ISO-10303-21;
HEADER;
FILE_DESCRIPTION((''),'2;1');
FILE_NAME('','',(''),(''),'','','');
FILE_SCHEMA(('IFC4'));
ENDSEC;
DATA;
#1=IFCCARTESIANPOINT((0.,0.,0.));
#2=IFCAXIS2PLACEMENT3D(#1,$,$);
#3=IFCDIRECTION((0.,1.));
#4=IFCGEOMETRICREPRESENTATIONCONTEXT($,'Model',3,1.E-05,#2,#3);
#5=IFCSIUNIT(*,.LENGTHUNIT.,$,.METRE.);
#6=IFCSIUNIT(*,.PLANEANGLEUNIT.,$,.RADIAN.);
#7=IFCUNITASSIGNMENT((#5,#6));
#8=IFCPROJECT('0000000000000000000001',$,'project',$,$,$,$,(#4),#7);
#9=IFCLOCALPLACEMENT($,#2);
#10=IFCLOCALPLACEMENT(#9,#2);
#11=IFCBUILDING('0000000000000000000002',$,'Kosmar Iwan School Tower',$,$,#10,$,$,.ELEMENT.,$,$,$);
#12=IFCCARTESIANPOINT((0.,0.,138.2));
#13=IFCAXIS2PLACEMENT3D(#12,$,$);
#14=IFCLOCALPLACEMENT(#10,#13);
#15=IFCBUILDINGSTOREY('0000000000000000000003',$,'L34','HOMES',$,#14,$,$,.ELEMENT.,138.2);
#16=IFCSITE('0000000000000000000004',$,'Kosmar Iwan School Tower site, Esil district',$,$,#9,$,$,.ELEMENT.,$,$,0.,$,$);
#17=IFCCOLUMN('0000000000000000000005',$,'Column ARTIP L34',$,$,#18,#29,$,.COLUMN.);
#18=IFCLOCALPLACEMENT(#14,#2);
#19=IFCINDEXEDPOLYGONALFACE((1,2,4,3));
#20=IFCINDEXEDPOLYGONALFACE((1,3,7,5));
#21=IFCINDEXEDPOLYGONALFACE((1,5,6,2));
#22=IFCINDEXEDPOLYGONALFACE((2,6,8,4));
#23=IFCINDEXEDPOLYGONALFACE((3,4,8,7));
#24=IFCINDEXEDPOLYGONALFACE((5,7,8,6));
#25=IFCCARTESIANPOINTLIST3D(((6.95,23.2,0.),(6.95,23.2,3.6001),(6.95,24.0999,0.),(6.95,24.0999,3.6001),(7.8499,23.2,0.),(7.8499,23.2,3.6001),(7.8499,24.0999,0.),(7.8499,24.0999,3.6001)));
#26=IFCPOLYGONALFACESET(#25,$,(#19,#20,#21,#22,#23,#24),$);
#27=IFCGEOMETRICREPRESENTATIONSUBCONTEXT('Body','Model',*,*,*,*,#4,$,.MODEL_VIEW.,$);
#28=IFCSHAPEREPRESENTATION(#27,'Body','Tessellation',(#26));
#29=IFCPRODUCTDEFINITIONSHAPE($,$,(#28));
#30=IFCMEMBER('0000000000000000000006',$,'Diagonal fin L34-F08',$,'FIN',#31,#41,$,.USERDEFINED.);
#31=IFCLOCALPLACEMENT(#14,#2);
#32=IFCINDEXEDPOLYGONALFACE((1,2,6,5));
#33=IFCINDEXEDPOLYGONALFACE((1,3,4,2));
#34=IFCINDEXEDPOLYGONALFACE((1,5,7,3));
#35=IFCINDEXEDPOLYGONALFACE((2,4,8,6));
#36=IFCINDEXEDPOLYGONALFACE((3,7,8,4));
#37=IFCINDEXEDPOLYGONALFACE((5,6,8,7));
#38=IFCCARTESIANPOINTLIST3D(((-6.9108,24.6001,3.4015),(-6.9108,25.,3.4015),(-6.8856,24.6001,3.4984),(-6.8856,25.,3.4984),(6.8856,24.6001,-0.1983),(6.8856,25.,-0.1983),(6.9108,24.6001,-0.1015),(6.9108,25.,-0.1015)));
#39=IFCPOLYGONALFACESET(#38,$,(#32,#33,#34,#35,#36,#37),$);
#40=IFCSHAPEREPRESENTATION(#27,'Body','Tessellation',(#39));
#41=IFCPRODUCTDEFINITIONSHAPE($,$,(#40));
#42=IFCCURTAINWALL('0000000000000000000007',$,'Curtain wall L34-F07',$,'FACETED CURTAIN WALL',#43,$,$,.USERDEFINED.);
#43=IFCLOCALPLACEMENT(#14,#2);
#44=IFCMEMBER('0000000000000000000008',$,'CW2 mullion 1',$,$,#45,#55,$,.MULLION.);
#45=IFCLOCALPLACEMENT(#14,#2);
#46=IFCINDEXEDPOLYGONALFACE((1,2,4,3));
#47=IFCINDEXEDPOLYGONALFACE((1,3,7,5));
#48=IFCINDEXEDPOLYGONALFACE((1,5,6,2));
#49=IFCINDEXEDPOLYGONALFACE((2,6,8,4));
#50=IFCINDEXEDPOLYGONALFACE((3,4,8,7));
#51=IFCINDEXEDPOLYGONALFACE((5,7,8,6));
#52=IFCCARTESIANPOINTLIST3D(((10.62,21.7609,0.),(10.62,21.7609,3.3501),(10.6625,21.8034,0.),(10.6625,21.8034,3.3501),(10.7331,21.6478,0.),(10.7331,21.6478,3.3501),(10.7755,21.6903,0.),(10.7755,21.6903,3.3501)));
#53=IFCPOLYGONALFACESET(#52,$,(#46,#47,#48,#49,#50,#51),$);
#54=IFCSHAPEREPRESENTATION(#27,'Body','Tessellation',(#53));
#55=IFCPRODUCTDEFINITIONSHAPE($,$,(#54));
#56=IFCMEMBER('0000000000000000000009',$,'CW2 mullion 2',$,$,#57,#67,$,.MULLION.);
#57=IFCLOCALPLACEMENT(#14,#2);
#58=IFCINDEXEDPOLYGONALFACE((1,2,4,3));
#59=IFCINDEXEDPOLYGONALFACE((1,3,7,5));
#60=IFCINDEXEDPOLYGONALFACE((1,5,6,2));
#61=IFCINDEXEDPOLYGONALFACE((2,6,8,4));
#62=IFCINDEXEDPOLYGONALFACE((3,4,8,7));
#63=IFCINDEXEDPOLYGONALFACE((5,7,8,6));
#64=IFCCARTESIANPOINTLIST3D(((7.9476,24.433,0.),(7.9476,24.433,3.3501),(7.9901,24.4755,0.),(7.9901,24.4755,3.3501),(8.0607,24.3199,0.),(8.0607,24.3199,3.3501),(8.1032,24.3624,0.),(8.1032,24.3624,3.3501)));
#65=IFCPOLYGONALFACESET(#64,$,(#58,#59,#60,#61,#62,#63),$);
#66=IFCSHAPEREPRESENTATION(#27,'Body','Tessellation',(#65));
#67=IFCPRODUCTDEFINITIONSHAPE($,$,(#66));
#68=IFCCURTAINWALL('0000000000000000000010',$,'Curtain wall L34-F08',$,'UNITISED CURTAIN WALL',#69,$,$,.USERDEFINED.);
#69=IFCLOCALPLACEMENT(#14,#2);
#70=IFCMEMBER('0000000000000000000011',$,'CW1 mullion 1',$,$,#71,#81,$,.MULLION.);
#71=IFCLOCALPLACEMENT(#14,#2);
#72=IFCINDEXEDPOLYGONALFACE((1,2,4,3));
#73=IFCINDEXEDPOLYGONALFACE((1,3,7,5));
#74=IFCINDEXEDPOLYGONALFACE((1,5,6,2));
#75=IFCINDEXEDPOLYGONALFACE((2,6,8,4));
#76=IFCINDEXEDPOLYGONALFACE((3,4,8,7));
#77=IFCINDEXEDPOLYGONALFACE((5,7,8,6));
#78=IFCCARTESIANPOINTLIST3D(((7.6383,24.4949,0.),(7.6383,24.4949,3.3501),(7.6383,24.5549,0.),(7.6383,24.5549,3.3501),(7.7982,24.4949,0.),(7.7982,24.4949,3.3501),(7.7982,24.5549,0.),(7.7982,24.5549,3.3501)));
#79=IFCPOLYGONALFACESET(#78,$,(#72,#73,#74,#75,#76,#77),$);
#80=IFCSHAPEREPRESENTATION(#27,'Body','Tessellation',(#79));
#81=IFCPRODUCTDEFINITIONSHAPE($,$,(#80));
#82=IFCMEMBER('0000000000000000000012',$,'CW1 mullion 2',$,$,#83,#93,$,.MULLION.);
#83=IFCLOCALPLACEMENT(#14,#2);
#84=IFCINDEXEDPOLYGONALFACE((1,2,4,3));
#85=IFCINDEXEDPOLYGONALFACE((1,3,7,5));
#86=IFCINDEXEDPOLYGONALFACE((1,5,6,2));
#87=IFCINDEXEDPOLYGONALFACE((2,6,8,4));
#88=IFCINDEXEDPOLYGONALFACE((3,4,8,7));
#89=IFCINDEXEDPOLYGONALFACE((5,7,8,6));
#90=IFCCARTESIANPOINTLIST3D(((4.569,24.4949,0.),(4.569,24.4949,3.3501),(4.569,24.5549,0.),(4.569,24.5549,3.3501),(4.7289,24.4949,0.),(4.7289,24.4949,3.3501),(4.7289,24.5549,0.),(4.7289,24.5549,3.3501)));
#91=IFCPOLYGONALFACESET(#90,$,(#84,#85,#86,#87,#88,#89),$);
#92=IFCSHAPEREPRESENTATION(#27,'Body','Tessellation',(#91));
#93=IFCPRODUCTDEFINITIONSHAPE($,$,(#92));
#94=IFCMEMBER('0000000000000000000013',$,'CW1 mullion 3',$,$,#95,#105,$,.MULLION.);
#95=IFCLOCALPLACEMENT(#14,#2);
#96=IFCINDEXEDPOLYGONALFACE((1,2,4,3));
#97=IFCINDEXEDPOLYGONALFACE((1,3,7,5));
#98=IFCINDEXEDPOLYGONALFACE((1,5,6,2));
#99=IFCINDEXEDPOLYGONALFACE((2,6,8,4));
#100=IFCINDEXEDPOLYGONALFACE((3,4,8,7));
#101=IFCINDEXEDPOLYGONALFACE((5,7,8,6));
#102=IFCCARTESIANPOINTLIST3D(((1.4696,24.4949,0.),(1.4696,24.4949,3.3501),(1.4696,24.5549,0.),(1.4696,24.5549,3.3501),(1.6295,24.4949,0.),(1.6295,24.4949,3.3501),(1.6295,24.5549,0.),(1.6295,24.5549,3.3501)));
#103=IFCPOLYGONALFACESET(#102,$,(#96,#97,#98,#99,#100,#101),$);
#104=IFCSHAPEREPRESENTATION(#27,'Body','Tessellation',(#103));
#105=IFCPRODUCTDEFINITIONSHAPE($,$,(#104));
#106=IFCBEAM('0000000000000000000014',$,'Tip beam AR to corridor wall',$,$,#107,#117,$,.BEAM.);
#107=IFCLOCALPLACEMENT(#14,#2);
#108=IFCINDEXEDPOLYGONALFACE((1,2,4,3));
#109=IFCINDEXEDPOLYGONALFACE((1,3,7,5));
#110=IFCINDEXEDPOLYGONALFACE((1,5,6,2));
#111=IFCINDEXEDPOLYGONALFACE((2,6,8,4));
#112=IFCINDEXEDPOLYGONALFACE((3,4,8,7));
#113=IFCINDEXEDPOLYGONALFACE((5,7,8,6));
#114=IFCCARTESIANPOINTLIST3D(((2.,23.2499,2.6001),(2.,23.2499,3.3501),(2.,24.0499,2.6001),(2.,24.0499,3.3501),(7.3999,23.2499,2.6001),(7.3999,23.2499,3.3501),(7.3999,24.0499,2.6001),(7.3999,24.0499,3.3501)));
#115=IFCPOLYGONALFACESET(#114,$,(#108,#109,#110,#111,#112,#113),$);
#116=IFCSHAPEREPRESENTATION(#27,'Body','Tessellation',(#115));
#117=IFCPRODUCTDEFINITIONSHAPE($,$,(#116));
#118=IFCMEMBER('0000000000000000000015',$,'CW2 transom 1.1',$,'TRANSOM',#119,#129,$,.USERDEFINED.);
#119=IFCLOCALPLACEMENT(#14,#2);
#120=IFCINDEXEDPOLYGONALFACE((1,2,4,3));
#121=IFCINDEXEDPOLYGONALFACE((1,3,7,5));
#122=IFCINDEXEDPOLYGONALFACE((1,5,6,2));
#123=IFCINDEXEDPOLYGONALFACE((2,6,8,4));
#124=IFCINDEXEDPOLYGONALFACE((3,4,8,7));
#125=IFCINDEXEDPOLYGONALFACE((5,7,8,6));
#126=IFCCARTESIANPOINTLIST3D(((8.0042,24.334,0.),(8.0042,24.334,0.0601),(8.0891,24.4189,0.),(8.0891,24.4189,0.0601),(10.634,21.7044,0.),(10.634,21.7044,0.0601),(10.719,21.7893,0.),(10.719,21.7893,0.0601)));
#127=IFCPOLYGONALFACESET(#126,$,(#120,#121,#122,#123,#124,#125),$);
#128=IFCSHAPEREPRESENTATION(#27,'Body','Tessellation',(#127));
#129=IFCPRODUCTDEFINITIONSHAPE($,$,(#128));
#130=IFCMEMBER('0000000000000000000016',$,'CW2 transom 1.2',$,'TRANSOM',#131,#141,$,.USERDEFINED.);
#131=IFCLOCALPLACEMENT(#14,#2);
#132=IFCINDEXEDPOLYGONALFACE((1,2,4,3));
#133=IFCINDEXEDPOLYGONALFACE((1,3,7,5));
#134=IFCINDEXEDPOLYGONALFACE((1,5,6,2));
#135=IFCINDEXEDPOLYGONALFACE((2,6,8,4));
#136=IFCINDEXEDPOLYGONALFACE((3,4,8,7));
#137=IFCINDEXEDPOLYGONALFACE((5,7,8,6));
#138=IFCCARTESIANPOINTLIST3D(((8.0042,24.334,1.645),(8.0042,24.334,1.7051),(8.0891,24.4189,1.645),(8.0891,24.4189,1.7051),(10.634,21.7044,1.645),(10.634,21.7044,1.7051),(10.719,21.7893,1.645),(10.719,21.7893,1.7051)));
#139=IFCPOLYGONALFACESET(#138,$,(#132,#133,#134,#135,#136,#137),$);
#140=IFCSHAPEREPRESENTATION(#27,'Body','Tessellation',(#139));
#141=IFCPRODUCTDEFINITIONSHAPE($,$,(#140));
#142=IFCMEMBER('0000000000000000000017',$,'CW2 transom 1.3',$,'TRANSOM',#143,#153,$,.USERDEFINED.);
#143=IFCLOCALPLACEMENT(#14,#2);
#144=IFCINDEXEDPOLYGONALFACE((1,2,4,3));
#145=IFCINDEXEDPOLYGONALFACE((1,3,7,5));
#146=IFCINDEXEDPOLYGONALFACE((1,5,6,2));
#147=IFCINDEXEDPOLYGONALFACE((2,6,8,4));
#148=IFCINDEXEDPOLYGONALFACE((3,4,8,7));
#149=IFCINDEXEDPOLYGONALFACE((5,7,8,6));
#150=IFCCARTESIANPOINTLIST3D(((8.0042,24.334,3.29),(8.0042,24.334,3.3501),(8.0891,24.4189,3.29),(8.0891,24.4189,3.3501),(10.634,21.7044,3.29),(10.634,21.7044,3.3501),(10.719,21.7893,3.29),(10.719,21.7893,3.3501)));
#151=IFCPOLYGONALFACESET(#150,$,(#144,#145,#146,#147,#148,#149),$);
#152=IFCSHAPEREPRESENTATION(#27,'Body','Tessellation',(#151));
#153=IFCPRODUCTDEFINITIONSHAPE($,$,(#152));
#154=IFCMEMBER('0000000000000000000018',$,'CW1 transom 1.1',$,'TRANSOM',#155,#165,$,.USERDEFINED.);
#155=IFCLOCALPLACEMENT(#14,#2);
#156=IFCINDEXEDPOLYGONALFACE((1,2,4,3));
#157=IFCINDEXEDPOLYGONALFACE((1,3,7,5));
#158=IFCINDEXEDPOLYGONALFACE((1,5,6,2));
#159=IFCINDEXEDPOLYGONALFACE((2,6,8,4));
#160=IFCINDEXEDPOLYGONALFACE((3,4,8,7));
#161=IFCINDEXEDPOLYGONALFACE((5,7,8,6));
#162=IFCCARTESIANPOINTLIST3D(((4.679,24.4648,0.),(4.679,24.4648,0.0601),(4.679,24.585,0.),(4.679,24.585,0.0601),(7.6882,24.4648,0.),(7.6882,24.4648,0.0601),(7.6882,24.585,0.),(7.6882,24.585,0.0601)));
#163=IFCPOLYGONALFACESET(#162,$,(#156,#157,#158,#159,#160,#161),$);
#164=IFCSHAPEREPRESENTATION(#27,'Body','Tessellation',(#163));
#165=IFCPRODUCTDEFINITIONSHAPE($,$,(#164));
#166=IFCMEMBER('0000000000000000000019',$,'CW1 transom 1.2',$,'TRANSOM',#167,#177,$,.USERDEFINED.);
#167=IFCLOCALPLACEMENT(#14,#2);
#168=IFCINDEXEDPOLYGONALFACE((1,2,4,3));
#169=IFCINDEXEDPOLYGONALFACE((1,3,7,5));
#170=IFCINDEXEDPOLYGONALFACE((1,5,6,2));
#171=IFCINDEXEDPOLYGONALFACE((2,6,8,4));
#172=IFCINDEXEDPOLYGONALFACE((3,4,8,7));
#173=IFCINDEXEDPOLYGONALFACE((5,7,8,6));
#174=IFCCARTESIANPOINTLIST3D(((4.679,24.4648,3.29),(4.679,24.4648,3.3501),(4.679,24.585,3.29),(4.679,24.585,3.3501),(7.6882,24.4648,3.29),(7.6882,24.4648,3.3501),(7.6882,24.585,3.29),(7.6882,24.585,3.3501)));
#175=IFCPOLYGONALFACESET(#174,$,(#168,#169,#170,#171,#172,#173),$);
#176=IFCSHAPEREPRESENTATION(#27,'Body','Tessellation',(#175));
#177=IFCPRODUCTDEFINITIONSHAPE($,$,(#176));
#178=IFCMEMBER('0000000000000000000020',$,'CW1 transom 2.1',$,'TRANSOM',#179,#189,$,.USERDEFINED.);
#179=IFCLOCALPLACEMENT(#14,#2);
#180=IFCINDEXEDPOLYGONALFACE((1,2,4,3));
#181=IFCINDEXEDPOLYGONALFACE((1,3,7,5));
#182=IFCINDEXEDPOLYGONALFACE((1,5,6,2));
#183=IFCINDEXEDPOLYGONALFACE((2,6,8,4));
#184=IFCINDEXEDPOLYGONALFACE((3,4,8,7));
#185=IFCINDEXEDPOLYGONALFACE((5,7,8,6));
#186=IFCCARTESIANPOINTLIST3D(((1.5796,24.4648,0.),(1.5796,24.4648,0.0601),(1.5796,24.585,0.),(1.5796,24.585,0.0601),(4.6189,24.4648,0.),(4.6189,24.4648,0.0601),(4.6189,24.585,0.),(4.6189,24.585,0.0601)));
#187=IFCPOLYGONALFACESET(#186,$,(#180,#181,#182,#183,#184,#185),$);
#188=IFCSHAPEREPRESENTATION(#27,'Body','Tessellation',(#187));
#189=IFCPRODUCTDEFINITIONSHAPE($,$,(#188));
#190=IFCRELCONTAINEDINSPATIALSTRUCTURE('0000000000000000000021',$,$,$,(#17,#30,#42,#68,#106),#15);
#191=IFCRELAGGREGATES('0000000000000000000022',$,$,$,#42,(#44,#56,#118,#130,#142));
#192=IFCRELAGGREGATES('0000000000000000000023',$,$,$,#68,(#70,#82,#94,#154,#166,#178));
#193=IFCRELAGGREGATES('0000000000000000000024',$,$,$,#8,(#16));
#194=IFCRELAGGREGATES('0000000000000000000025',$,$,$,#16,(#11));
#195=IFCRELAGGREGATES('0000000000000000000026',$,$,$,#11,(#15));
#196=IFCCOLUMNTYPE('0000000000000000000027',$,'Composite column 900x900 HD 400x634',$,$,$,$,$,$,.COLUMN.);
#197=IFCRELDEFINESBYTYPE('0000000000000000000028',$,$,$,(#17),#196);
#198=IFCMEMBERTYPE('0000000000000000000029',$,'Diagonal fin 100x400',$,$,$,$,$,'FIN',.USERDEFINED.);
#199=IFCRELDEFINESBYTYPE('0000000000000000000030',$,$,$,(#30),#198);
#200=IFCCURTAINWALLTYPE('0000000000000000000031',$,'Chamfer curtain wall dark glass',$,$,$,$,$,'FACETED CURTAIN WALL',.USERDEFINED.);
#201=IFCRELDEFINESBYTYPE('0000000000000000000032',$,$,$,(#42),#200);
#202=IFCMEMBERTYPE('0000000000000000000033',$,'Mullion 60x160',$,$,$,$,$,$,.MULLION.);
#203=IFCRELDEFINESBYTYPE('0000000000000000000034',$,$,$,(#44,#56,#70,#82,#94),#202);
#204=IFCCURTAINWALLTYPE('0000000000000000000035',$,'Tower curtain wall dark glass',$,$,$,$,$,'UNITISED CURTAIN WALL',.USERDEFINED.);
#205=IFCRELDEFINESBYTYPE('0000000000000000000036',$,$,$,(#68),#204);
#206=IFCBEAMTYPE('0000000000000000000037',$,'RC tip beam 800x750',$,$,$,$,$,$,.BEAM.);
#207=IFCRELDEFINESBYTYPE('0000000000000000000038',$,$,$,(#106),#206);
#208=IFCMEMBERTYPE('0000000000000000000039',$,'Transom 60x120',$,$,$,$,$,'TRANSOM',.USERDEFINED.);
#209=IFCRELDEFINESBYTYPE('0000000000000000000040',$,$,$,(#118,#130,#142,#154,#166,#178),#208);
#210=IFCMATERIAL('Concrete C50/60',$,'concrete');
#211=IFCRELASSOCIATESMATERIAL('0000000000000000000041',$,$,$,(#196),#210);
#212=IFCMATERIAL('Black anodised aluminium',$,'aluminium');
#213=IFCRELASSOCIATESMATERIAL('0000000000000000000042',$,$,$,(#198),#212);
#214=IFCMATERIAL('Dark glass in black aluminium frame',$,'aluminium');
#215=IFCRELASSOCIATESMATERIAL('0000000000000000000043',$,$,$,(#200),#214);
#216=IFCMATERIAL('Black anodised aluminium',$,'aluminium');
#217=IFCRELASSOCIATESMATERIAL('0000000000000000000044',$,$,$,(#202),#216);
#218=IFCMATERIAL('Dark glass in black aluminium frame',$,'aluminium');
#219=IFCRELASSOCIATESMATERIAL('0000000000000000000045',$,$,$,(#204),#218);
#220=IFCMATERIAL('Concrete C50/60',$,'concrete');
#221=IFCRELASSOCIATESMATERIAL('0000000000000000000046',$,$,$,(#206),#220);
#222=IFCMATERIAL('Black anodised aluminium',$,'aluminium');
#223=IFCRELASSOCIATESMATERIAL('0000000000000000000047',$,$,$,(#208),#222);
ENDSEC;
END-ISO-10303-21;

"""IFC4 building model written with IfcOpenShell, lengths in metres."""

from ifc_helpers import new_model, si_unit, direction, frame, origin, origin_2d, place, context, subcontext, project, spatial, rectangle, extrude, material, material_profile, profile_set, type_object, element, aggregate, save


model = new_model("IFC4")

# Units and contexts
model_context = context("Model", 3, precision=1e-05, world=origin(), true_north=direction((0.0, 1.0)))
body_context = subcontext(model_context, "Body", "Model", "MODEL_VIEW")
ifc_project = project(units=[si_unit("LENGTHUNIT", "METRE"), si_unit("PLANEANGLEUNIT", "RADIAN")], contexts=[model_context])

# Site, building, storey
site_placement = place(None, origin())
site = spatial("IfcSite", under=ifc_project, at=site_placement, Name="Kosmar Iwan School Tower site, Esil district", CompositionType="ELEMENT", RefElevation=0.0)
building_placement = place(site_placement, origin())
building = spatial("IfcBuilding", under=site, at=building_placement, Name="Kosmar Iwan School Tower", CompositionType="ELEMENT")
storey_placement = place(building_placement, frame((0.0, 0.0, 138.2)))
storey = spatial("IfcBuildingStorey", under=building, at=storey_placement, Name="L34", Description="HOMES", CompositionType="ELEMENT", Elevation=138.2)

# Column
ifc_material_1 = material(Name="Concrete C50/60", Category="concrete")
ifc_material_profile_1 = material_profile(ifc_material_1, rectangle(XDim=0.8999, YDim=0.8999, at=origin_2d()), Name="RC 900x900 + HD 400x634")
ifc_profile_set_1 = profile_set([ifc_material_profile_1], Name="Concrete C50/60")
column_type = type_object("IfcColumnType", Name="Composite column 900x900 HD 400x634", PredefinedType="COLUMN", material=ifc_profile_set_1)
column_placement = place(storey_placement, frame((7.3999, 23.6499, 0.0), z_axis=(0.0, 0.0, 1.0), x_axis=(0.0, 1.0, 0.0)))
element("IfcColumn", 1, at=column_placement, inside=storey, type_object=column_type, Name="Column ARTIP L34", PredefinedType="COLUMN", context=body_context, shape_type="SweptSolid", body=[
    extrude(rectangle(XDim=0.8999, YDim=0.8999, at=origin_2d()), origin(), (0.0, 0.0, 1.0), 3.6001),
])

# Member
ifc_material_2 = material(Name="Black anodised aluminium", Category="aluminium")
ifc_material_profile_2 = material_profile(ifc_material_2, rectangle(XDim=0.1001, YDim=0.3999, at=origin_2d()), Name="FIN 100x400")
ifc_profile_set_2 = profile_set([ifc_material_profile_2], Name="Black anodised aluminium")
member_type_1 = type_object("IfcMemberType", Name="Diagonal fin 100x400", ElementType="FIN", PredefinedType="USERDEFINED", material=ifc_profile_set_2)
member_1_placement = place(storey_placement, frame((6.8982, 24.8, -0.1499), z_axis=(-0.967604, 0.0, 0.252474), x_axis=(0.252474, 0.0, 0.967604)))
element("IfcMember", 2, at=member_1_placement, inside=storey, type_object=member_type_1, Name="Diagonal fin L34-F08", ObjectType="FIN", PredefinedType="USERDEFINED", context=body_context, shape_type="SweptSolid", body=[
    extrude(rectangle(XDim=0.1001, YDim=0.3999, at=origin_2d()), origin(), (0.0, 0.0, 1.0), 14.2583),
])

# Curtain walls, members
ifc_material_3 = material(Name="Dark glass in black aluminium frame", Category="aluminium")
curtain_wall_type_1 = type_object("IfcCurtainWallType", Name="Chamfer curtain wall dark glass", ElementType="FACETED CURTAIN WALL", PredefinedType="USERDEFINED", material=ifc_material_3)
curtain_wall_1_placement = place(storey_placement, origin())
curtain_wall_1 = element("IfcCurtainWall", 3, at=curtain_wall_1_placement, inside=storey, type_object=curtain_wall_type_1, Name="Curtain wall L34-F07", ObjectType="FACETED CURTAIN WALL", PredefinedType="USERDEFINED")
ifc_material_4 = material(Name="Black anodised aluminium", Category="aluminium")
ifc_material_profile_3 = material_profile(ifc_material_4, rectangle(XDim=0.0601, YDim=0.1599, at=origin_2d()), Name="MULLION 60x160")
ifc_profile_set_3 = profile_set([ifc_material_profile_3], Name="Black anodised aluminium")
member_type_2 = type_object("IfcMemberType", Name="Mullion 60x160", PredefinedType="MULLION", material=ifc_profile_set_3)
member_2_placement = place(storey_placement, frame((10.6978, 21.7256, 0.0), z_axis=(0.0, 0.0, 1.0), x_axis=(-0.707107, -0.707107, 0.0)))
member_2 = element("IfcMember", 4, at=member_2_placement, type_object=member_type_2, Name="CW2 mullion 1", PredefinedType="MULLION", context=body_context, shape_type="SweptSolid", body=[
    extrude(rectangle(XDim=0.0601, YDim=0.1599, at=origin_2d()), origin(), (0.0, 0.0, 1.0), 3.3501),
])
member_3_placement = place(storey_placement, frame((8.0254, 24.3977, 0.0), z_axis=(0.0, 0.0, 1.0), x_axis=(-0.707107, -0.707107, 0.0)))
member_3 = element("IfcMember", 5, at=member_3_placement, type_object=member_type_2, Name="CW2 mullion 2", PredefinedType="MULLION", context=body_context, shape_type="SweptSolid", body=[
    extrude(rectangle(XDim=0.0601, YDim=0.1599, at=origin_2d()), origin(), (0.0, 0.0, 1.0), 3.3501),
])
ifc_material_5 = material(Name="Dark glass in black aluminium frame", Category="aluminium")
curtain_wall_type_2 = type_object("IfcCurtainWallType", Name="Tower curtain wall dark glass", ElementType="UNITISED CURTAIN WALL", PredefinedType="USERDEFINED", material=ifc_material_5)
curtain_wall_2_placement = place(storey_placement, origin())
curtain_wall_2 = element("IfcCurtainWall", 6, at=curtain_wall_2_placement, inside=storey, type_object=curtain_wall_type_2, Name="Curtain wall L34-F08", ObjectType="UNITISED CURTAIN WALL", PredefinedType="USERDEFINED")
member_4_placement = place(storey_placement, frame((7.7183, 24.5249, 0.0), z_axis=(0.0, 0.0, 1.0), x_axis=(0.0, -1.0, 0.0)))
member_4 = element("IfcMember", 7, at=member_4_placement, type_object=member_type_2, Name="CW1 mullion 1", PredefinedType="MULLION", context=body_context, shape_type="SweptSolid", body=[
    extrude(rectangle(XDim=0.0601, YDim=0.1599, at=origin_2d()), origin(), (0.0, 0.0, 1.0), 3.3501),
])
member_5_placement = place(storey_placement, frame((4.6489, 24.5249, 0.0), z_axis=(0.0, 0.0, 1.0), x_axis=(0.0, -1.0, 0.0)))
member_5 = element("IfcMember", 8, at=member_5_placement, type_object=member_type_2, Name="CW1 mullion 2", PredefinedType="MULLION", context=body_context, shape_type="SweptSolid", body=[
    extrude(rectangle(XDim=0.0601, YDim=0.1599, at=origin_2d()), origin(), (0.0, 0.0, 1.0), 3.3501),
])
member_6_placement = place(storey_placement, frame((1.5496, 24.5249, 0.0), z_axis=(0.0, 0.0, 1.0), x_axis=(0.0, -1.0, 0.0)))
member_6 = element("IfcMember", 9, at=member_6_placement, type_object=member_type_2, Name="CW1 mullion 3", PredefinedType="MULLION", context=body_context, shape_type="SweptSolid", body=[
    extrude(rectangle(XDim=0.0601, YDim=0.1599, at=origin_2d()), origin(), (0.0, 0.0, 1.0), 3.3501),
])

# Beam
ifc_material_6 = material(Name="Concrete C50/60", Category="concrete")
ifc_material_profile_4 = material_profile(ifc_material_6, rectangle(XDim=0.8, YDim=0.75, at=origin_2d()), Name="RC 800x750")
ifc_profile_set_4 = profile_set([ifc_material_profile_4], Name="Concrete C50/60")
beam_type = type_object("IfcBeamType", Name="RC tip beam 800x750", PredefinedType="BEAM", material=ifc_profile_set_4)
beam_placement = place(storey_placement, frame((7.3999, 23.6499, 2.9751), z_axis=(-1.0, 0.0, 0.0), x_axis=(0.0, -1.0, 0.0)))
element("IfcBeam", 10, at=beam_placement, inside=storey, type_object=beam_type, Name="Tip beam AR to corridor wall", PredefinedType="BEAM", context=body_context, shape_type="SweptSolid", body=[
    extrude(rectangle(XDim=0.8, YDim=0.75, at=origin_2d()), origin(), (0.0, 0.0, 1.0), 5.3999),
])

# Members
ifc_material_7 = material(Name="Black anodised aluminium", Category="aluminium")
ifc_material_profile_5 = material_profile(ifc_material_7, rectangle(XDim=0.1201, YDim=0.0601, at=origin_2d()), Name="TRANSOM 60x120")
ifc_profile_set_5 = profile_set([ifc_material_profile_5], Name="Black anodised aluminium")
member_type_3 = type_object("IfcMemberType", Name="Transom 60x120", ElementType="TRANSOM", PredefinedType="USERDEFINED", material=ifc_profile_set_5)
member_7_placement = place(storey_placement, frame((10.6765, 21.7468, 0.03), z_axis=(-0.70714, 0.707074, 0.0), x_axis=(-0.707074, -0.70714, 0.0)))
member_7 = element("IfcMember", 11, at=member_7_placement, type_object=member_type_3, Name="CW2 transom 1.1", ObjectType="TRANSOM", PredefinedType="USERDEFINED", context=body_context, shape_type="SweptSolid", body=[
    extrude(rectangle(XDim=0.1201, YDim=0.0601, at=origin_2d()), origin(), (0.0, 0.0, 1.0), 3.719),
])
member_8_placement = place(storey_placement, frame((10.6765, 21.7468, 1.675), z_axis=(-0.70714, 0.707074, 0.0), x_axis=(-0.707074, -0.70714, 0.0)))
member_8 = element("IfcMember", 12, at=member_8_placement, type_object=member_type_3, Name="CW2 transom 1.2", ObjectType="TRANSOM", PredefinedType="USERDEFINED", context=body_context, shape_type="SweptSolid", body=[
    extrude(rectangle(XDim=0.1201, YDim=0.0601, at=origin_2d()), origin(), (0.0, 0.0, 1.0), 3.719),
])
member_9_placement = place(storey_placement, frame((10.6765, 21.7468, 3.3201), z_axis=(-0.70714, 0.707074, 0.0), x_axis=(-0.707074, -0.70714, 0.0)))
member_9 = element("IfcMember", 13, at=member_9_placement, type_object=member_type_3, Name="CW2 transom 1.3", ObjectType="TRANSOM", PredefinedType="USERDEFINED", context=body_context, shape_type="SweptSolid", body=[
    extrude(rectangle(XDim=0.1201, YDim=0.0601, at=origin_2d()), origin(), (0.0, 0.0, 1.0), 3.719),
])
member_10_placement = place(storey_placement, frame((7.6882, 24.5249, 0.03), z_axis=(-1.0, 0.0, 0.0), x_axis=(0.0, -1.0, 0.0)))
member_10 = element("IfcMember", 14, at=member_10_placement, type_object=member_type_3, Name="CW1 transom 1.1", ObjectType="TRANSOM", PredefinedType="USERDEFINED", context=body_context, shape_type="SweptSolid", body=[
    extrude(rectangle(XDim=0.1201, YDim=0.0601, at=origin_2d()), origin(), (0.0, 0.0, 1.0), 3.0093),
])
member_11_placement = place(storey_placement, frame((7.6882, 24.5249, 3.3201), z_axis=(-1.0, 0.0, 0.0), x_axis=(0.0, -1.0, 0.0)))
member_11 = element("IfcMember", 15, at=member_11_placement, type_object=member_type_3, Name="CW1 transom 1.2", ObjectType="TRANSOM", PredefinedType="USERDEFINED", context=body_context, shape_type="SweptSolid", body=[
    extrude(rectangle(XDim=0.1201, YDim=0.0601, at=origin_2d()), origin(), (0.0, 0.0, 1.0), 3.0093),
])
member_12_placement = place(storey_placement, frame((4.6189, 24.5249, 0.03), z_axis=(-1.0, 0.0, 0.0), x_axis=(0.0, -1.0, 0.0)))
member_12 = element("IfcMember", 16, at=member_12_placement, type_object=member_type_3, Name="CW1 transom 2.1", ObjectType="TRANSOM", PredefinedType="USERDEFINED", context=body_context, shape_type="SweptSolid", body=[
    extrude(rectangle(XDim=0.1201, YDim=0.0601, at=origin_2d()), origin(), (0.0, 0.0, 1.0), 3.0393),
])

aggregate(curtain_wall_1, [member_2, member_3, member_7, member_8, member_9])
aggregate(curtain_wall_2, [member_4, member_5, member_6, member_10, member_11, member_12])

save(model, "model.ifc")
